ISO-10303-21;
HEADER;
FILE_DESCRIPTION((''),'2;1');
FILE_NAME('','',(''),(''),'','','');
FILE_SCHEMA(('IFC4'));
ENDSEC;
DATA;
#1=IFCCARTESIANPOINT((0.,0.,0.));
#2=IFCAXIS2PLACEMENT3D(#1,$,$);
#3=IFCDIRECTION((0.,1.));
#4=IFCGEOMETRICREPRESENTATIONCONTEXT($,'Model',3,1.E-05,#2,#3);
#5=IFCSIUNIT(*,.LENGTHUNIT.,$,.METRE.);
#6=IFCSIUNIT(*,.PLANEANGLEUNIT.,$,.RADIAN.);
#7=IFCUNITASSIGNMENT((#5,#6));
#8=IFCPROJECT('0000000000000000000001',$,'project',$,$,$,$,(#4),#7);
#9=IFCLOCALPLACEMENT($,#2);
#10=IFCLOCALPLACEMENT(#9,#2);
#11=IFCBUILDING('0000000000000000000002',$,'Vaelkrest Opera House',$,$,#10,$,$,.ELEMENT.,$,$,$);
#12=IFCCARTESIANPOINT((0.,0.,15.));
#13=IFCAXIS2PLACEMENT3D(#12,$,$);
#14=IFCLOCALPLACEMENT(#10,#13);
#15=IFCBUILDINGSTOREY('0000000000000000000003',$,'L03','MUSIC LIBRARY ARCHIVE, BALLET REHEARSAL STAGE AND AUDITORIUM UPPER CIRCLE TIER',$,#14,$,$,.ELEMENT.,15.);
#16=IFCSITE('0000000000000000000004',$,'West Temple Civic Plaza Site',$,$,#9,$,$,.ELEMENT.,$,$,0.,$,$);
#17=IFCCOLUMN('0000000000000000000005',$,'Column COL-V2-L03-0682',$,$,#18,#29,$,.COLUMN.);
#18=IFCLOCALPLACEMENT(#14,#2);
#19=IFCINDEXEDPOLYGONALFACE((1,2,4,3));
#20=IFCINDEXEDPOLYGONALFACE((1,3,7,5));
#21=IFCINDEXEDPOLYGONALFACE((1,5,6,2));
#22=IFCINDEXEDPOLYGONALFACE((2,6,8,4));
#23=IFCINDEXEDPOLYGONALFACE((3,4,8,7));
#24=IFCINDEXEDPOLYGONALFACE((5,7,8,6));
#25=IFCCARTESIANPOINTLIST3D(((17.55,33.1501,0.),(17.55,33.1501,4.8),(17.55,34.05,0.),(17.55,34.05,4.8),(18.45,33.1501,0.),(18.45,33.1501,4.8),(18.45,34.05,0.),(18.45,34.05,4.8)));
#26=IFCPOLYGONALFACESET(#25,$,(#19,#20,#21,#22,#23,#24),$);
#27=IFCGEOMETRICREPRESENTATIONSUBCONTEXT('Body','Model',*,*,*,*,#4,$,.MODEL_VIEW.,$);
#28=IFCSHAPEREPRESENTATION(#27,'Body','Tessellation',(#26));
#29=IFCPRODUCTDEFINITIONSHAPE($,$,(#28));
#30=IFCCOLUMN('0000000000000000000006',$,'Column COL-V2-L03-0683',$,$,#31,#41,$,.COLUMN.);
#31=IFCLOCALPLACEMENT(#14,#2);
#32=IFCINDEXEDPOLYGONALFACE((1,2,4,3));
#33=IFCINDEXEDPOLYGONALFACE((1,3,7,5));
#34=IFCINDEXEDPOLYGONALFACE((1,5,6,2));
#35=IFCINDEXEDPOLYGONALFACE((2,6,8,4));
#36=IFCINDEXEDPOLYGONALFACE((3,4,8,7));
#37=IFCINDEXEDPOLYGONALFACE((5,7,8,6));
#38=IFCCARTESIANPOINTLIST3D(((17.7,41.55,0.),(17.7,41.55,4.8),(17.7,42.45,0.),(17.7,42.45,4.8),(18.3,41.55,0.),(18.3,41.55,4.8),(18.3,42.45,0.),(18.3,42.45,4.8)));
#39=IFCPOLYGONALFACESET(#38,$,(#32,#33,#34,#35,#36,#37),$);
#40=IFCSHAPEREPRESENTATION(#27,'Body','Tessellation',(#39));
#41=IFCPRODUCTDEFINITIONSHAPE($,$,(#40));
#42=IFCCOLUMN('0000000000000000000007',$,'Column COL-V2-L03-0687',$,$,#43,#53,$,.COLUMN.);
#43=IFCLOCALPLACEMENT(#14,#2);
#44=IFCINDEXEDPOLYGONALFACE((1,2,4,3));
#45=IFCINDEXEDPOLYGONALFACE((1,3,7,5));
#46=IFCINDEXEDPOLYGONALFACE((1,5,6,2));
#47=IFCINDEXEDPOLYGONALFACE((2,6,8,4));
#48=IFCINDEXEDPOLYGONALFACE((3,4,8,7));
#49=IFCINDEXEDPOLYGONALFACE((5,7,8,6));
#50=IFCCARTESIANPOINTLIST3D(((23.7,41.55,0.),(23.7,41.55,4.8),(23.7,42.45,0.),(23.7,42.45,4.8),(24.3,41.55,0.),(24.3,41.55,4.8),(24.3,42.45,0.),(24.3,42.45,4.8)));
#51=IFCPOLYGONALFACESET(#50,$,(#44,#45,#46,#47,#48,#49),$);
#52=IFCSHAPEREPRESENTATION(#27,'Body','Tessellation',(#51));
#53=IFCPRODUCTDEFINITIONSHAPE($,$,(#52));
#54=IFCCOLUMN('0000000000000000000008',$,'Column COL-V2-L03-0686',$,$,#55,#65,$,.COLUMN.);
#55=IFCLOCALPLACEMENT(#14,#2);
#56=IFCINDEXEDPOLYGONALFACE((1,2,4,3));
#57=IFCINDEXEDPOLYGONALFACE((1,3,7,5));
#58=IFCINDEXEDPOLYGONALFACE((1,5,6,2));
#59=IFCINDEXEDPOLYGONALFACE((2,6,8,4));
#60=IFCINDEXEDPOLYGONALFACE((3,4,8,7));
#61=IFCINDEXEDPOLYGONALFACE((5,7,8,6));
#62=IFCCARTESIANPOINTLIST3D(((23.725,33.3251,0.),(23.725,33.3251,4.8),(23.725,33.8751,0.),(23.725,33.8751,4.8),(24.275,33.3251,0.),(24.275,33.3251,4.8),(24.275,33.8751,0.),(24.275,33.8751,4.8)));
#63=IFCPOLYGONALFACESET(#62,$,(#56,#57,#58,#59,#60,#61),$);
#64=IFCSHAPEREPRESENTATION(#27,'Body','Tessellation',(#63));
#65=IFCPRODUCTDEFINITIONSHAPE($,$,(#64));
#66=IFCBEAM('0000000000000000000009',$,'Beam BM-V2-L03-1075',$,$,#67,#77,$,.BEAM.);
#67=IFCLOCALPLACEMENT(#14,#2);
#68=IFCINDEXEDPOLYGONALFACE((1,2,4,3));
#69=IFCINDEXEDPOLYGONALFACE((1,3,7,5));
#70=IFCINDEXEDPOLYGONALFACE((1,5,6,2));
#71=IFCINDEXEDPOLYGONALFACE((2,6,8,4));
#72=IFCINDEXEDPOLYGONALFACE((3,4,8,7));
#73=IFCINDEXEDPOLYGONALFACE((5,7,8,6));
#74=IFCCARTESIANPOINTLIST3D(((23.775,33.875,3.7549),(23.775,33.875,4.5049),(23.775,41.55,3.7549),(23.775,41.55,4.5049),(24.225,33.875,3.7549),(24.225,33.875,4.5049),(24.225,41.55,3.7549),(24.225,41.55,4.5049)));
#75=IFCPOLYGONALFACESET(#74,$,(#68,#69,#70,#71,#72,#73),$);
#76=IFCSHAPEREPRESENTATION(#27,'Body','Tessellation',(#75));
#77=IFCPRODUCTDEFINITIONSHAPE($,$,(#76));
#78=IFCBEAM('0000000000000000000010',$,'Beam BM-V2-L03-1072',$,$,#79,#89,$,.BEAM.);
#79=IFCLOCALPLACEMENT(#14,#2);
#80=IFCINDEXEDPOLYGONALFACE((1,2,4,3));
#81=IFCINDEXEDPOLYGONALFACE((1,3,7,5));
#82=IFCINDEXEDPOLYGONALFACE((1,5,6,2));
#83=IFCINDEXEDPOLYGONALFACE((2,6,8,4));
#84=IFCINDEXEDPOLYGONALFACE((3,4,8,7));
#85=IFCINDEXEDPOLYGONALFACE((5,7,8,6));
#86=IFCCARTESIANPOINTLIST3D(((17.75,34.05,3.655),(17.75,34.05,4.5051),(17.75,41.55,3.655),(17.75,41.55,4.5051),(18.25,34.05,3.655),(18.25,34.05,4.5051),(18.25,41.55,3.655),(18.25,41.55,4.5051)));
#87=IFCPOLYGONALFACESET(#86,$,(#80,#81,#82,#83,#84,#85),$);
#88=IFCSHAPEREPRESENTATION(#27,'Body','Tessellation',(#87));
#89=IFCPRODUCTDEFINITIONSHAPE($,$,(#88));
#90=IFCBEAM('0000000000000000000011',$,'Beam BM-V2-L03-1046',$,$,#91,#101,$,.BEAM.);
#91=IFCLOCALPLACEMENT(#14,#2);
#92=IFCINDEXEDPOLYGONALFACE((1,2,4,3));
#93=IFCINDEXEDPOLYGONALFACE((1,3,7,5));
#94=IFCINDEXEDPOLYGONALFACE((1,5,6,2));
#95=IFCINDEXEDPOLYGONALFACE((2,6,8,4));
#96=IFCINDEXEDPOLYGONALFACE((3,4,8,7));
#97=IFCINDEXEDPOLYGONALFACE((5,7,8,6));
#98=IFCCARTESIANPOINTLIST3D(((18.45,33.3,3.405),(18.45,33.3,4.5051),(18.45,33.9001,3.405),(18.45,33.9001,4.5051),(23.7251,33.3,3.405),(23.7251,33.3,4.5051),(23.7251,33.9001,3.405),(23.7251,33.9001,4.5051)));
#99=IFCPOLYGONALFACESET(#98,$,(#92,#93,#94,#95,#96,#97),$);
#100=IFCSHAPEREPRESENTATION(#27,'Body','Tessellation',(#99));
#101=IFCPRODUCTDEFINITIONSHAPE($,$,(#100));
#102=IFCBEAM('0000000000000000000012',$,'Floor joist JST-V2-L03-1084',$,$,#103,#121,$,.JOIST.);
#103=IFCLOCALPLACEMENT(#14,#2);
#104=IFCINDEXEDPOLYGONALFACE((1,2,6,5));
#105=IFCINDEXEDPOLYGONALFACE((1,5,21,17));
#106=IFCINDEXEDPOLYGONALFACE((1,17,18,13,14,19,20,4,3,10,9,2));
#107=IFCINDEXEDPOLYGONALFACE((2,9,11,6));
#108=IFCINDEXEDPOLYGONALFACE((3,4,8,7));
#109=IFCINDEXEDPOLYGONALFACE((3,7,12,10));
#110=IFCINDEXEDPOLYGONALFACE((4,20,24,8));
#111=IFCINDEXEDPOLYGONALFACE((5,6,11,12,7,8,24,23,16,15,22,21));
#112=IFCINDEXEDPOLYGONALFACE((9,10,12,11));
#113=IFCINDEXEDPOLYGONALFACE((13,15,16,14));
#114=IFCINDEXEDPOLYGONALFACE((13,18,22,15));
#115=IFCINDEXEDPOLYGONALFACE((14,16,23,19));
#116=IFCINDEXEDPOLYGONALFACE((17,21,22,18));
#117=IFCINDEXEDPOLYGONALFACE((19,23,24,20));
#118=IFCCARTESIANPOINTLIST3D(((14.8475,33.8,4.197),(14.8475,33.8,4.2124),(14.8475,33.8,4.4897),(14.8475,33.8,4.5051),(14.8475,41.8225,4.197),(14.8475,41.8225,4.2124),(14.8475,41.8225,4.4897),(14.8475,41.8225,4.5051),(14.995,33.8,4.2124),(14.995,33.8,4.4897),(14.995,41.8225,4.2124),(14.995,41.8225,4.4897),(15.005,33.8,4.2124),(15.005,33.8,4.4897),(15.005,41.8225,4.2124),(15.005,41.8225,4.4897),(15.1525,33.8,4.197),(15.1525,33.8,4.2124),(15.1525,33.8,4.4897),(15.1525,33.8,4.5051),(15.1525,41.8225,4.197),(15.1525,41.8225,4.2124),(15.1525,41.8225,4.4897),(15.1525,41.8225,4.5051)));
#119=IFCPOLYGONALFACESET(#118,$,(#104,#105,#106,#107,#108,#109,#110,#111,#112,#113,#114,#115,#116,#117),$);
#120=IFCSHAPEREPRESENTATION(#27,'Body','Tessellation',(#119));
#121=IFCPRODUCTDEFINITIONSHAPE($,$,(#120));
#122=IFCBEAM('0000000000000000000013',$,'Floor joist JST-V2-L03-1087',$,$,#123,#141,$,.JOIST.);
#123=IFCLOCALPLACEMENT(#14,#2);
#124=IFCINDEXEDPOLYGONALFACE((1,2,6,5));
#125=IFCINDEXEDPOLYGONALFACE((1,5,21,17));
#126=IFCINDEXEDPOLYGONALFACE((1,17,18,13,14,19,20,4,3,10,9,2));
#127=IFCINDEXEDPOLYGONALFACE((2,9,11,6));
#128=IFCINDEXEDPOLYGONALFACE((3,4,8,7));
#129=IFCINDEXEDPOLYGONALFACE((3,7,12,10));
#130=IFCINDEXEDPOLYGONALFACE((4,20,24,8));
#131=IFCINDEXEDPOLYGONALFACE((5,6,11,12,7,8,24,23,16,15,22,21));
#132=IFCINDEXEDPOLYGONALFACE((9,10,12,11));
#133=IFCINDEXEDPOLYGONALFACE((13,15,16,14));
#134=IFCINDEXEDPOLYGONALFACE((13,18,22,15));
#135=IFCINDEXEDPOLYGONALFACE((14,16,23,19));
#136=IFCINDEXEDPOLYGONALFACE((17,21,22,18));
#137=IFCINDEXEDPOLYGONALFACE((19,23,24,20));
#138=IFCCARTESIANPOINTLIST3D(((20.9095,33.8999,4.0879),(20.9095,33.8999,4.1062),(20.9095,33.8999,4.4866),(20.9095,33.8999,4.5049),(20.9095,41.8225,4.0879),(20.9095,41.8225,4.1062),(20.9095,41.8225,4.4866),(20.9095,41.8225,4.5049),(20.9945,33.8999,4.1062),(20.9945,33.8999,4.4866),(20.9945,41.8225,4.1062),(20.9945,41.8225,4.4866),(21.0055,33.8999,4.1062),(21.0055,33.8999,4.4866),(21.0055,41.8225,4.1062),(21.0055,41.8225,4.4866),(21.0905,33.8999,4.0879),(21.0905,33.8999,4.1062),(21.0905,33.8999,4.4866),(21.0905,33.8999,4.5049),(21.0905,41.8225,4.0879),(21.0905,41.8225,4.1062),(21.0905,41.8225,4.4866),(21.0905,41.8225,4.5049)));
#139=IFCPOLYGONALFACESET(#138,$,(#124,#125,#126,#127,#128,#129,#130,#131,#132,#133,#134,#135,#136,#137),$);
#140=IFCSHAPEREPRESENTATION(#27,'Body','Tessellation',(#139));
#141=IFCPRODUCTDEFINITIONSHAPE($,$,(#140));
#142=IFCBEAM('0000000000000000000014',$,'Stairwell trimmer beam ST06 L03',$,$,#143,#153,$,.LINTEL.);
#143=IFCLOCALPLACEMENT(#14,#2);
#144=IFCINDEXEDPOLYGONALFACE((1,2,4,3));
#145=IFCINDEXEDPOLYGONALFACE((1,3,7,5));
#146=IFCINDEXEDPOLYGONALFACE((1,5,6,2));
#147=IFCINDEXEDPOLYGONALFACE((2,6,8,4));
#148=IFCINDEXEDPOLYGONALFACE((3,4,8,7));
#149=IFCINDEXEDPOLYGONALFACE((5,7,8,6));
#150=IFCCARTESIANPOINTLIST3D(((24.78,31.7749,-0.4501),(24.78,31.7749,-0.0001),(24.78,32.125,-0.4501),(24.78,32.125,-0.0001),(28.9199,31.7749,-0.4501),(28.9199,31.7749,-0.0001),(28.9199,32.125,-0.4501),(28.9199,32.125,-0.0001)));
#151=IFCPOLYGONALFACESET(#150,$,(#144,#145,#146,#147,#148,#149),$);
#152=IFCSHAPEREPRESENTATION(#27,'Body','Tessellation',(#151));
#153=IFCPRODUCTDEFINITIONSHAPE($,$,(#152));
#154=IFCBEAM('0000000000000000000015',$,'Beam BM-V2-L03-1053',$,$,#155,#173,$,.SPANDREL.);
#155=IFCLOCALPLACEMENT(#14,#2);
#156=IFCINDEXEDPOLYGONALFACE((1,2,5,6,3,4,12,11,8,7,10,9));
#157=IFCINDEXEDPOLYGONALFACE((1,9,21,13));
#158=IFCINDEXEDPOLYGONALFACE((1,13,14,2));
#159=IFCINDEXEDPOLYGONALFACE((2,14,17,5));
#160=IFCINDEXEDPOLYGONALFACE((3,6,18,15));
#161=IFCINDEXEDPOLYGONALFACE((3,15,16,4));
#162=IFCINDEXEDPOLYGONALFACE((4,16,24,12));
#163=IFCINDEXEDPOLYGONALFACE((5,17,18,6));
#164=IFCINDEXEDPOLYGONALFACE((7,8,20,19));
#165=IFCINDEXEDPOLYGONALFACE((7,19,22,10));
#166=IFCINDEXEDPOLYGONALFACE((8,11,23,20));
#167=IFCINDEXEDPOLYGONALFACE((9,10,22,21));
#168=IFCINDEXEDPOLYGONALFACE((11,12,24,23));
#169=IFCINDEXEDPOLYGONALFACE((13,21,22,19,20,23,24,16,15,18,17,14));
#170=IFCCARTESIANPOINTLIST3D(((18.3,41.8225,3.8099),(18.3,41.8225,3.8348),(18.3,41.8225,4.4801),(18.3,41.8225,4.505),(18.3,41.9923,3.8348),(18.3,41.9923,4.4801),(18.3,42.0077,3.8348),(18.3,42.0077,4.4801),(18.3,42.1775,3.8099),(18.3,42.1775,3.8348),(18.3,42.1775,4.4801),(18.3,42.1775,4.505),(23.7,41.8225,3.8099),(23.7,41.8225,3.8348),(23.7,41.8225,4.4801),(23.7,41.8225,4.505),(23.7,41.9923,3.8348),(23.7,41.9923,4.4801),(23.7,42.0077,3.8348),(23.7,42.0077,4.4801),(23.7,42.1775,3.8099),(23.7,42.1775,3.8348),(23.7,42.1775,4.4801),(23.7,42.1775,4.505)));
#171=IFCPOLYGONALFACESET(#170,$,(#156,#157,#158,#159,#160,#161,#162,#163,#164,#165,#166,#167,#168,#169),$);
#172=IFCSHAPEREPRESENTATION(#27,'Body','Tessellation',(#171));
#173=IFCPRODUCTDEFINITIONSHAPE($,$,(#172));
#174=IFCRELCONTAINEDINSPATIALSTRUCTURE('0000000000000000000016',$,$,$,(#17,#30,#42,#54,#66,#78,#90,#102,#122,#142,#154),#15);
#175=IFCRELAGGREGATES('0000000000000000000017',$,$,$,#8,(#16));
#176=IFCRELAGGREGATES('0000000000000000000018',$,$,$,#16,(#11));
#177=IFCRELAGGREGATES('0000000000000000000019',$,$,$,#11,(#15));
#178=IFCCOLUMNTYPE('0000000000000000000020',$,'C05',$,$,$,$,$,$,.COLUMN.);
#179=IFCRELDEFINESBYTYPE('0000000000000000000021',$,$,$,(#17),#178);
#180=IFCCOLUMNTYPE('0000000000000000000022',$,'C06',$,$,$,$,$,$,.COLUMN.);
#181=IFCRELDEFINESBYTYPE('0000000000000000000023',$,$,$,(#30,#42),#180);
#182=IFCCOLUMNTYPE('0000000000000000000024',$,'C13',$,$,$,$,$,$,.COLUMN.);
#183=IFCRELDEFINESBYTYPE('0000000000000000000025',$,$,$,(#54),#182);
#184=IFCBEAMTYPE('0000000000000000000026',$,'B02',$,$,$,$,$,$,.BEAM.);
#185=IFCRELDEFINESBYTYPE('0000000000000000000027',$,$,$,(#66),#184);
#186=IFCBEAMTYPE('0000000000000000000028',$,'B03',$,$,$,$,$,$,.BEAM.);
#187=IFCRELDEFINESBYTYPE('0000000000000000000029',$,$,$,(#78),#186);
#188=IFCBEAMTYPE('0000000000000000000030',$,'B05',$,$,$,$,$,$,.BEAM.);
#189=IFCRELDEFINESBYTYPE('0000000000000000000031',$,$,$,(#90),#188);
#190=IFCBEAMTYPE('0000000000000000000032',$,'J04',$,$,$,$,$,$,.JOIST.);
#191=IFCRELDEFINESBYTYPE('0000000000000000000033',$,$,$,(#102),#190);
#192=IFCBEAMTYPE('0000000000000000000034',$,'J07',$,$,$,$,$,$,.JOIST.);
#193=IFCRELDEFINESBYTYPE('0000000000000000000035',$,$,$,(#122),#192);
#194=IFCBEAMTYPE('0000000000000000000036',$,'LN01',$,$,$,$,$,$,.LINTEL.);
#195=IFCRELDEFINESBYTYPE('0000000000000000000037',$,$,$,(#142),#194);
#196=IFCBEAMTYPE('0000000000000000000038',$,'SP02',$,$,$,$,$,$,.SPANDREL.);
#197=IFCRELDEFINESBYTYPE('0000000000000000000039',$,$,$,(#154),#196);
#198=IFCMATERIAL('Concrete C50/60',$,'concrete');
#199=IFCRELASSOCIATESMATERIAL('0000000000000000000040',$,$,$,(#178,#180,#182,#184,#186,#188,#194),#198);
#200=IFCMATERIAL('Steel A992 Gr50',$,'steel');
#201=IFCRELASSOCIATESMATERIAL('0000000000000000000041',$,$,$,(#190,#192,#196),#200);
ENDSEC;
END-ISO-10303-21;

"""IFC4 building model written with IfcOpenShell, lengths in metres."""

from ifc_helpers import new_model, si_unit, direction, frame, origin, origin_2d, place, context, subcontext, project, spatial, rectangle, i_section, extrude, material, material_profile, profile_set, type_object, element, save


model = new_model("IFC4")

# Units and contexts
model_context = context("Model", 3, precision=1e-05, world=origin(), true_north=direction((0.0, 1.0)))
body_context = subcontext(model_context, "Body", "Model", "MODEL_VIEW")
ifc_project = project(units=[si_unit("LENGTHUNIT", "METRE"), si_unit("PLANEANGLEUNIT", "RADIAN")], contexts=[model_context])

# Site, building, storey
site_placement = place(None, origin())
site = spatial("IfcSite", under=ifc_project, at=site_placement, Name="West Temple Civic Plaza Site", CompositionType="ELEMENT", RefElevation=0.0)
building_placement = place(site_placement, origin())
building = spatial("IfcBuilding", under=site, at=building_placement, Name="Vaelkrest Opera House", CompositionType="ELEMENT")
storey_placement = place(building_placement, frame((0.0, 0.0, 15.0)))
storey = spatial("IfcBuildingStorey", under=building, at=storey_placement, Name="L03", Description="MUSIC LIBRARY ARCHIVE, BALLET REHEARSAL STAGE AND AUDITORIUM UPPER CIRCLE TIER", CompositionType="ELEMENT", Elevation=15.0)

# Columns
ifc_material_1 = material(Name="Concrete C50/60", Category="concrete")
ifc_material_profile_1 = material_profile(ifc_material_1, rectangle(XDim=0.8999, YDim=0.8999, at=origin_2d()), Name="RC900X900")
ifc_profile_set_1 = profile_set([ifc_material_profile_1], Name="Concrete C50/60")
column_type_1 = type_object("IfcColumnType", Name="C05", PredefinedType="COLUMN", material=ifc_profile_set_1)
column_1_placement = place(storey_placement, frame((18.0, 33.6001, 0.0), z_axis=(0.0, 0.0, 1.0), x_axis=(1.0, 0.0, 0.0)))
element("IfcColumn", 1, at=column_1_placement, inside=storey, type_object=column_type_1, Name="Column COL-V2-L03-0682", PredefinedType="COLUMN", context=body_context, shape_type="SweptSolid", body=[
    extrude(rectangle(XDim=0.8999, YDim=0.8999, at=origin_2d()), origin(), (0.0, 0.0, 1.0), 4.8),
])
ifc_material_profile_2 = material_profile(ifc_material_1, rectangle(XDim=0.6001, YDim=0.8999, at=origin_2d()), Name="RC600X900")
ifc_profile_set_2 = profile_set([ifc_material_profile_2], Name="Concrete C50/60")
column_type_2 = type_object("IfcColumnType", Name="C06", PredefinedType="COLUMN", material=ifc_profile_set_2)
for number, where, z_axis, x_axis, name in (
    (2, (18.0, 42.0, 0.0), (0.0, 0.0, 1.0), (1.0, 0.0, 0.0), "Column COL-V2-L03-0683"),
    (3, (24.0, 42.0, 0.0), (0.0, 0.0, 1.0), (1.0, 0.0, 0.0), "Column COL-V2-L03-0687"),
):
    element("IfcColumn", number, at=place(storey_placement, frame(where, z_axis=z_axis, x_axis=x_axis)), inside=storey, type_object=column_type_2, Name=name, PredefinedType="COLUMN", context=body_context, shape_type="SweptSolid", body=[
        extrude(rectangle(XDim=0.6001, YDim=0.8999, at=origin_2d()), origin(), (0.0, 0.0, 1.0), 4.8),
    ])
ifc_material_profile_3 = material_profile(ifc_material_1, rectangle(XDim=0.55, YDim=0.55, at=origin_2d()), Name="RC550X550")
ifc_profile_set_3 = profile_set([ifc_material_profile_3], Name="Concrete C50/60")
column_type_3 = type_object("IfcColumnType", Name="C13", PredefinedType="COLUMN", material=ifc_profile_set_3)
column_2_placement = place(storey_placement, frame((24.0, 33.6001, 0.0), z_axis=(0.0, 0.0, 1.0), x_axis=(1.0, 0.0, 0.0)))
element("IfcColumn", 4, at=column_2_placement, inside=storey, type_object=column_type_3, Name="Column COL-V2-L03-0686", PredefinedType="COLUMN", context=body_context, shape_type="SweptSolid", body=[
    extrude(rectangle(XDim=0.55, YDim=0.55, at=origin_2d()), origin(), (0.0, 0.0, 1.0), 4.8),
])

# Beams
ifc_material_profile_4 = material_profile(ifc_material_1, rectangle(XDim=0.45, YDim=0.75, at=origin_2d()), Name="RCB450X750")
ifc_profile_set_4 = profile_set([ifc_material_profile_4], Name="Concrete C50/60")
beam_type_1 = type_object("IfcBeamType", Name="B02", PredefinedType="BEAM", material=ifc_profile_set_4)
beam_1_placement = place(storey_placement, frame((24.0, 33.875, 4.1299), z_axis=(0.0, 1.0, 0.0), x_axis=(-1.0, 0.0, 0.0)))
element("IfcBeam", 5, at=beam_1_placement, inside=storey, type_object=beam_type_1, Name="Beam BM-V2-L03-1075", PredefinedType="BEAM", context=body_context, shape_type="SweptSolid", body=[
    extrude(rectangle(XDim=0.45, YDim=0.75, at=origin_2d()), origin(), (0.0, 0.0, 1.0), 7.675),
])
ifc_material_profile_5 = material_profile(ifc_material_1, rectangle(XDim=0.5, YDim=0.8501, at=origin_2d()), Name="RCB500X850")
ifc_profile_set_5 = profile_set([ifc_material_profile_5], Name="Concrete C50/60")
beam_type_2 = type_object("IfcBeamType", Name="B03", PredefinedType="BEAM", material=ifc_profile_set_5)
beam_2_placement = place(storey_placement, frame((18.0, 34.05, 4.0801), z_axis=(0.0, 1.0, 0.0), x_axis=(-1.0, 0.0, 0.0)))
element("IfcBeam", 6, at=beam_2_placement, inside=storey, type_object=beam_type_2, Name="Beam BM-V2-L03-1072", PredefinedType="BEAM", context=body_context, shape_type="SweptSolid", body=[
    extrude(rectangle(XDim=0.5, YDim=0.8501, at=origin_2d()), origin(), (0.0, 0.0, 1.0), 7.5),
])
ifc_material_profile_6 = material_profile(ifc_material_1, rectangle(XDim=0.6001, YDim=1.1001, at=origin_2d()), Name="RCB600X1100")
ifc_profile_set_6 = profile_set([ifc_material_profile_6], Name="Concrete C50/60")
beam_type_3 = type_object("IfcBeamType", Name="B05", PredefinedType="BEAM", material=ifc_profile_set_6)
beam_3_placement = place(storey_placement, frame((18.45, 33.6001, 3.9551), z_axis=(1.0, 0.0, 0.0), x_axis=(0.0, 1.0, 0.0)))
element("IfcBeam", 7, at=beam_3_placement, inside=storey, type_object=beam_type_3, Name="Beam BM-V2-L03-1046", PredefinedType="BEAM", context=body_context, shape_type="SweptSolid", body=[
    extrude(rectangle(XDim=0.6001, YDim=1.1001, at=origin_2d()), origin(), (0.0, 0.0, 1.0), 5.2751),
])
ifc_material_2 = material(Name="Steel A992 Gr50", Category="steel")
ifc_material_profile_7 = material_profile(ifc_material_2, i_section(OverallWidth=0.3049, OverallDepth=0.3081, WebThickness=0.01, FlangeThickness=0.0154, at=origin_2d()), Name="W12X65")
ifc_profile_set_7 = profile_set([ifc_material_profile_7], Name="Steel A992 Gr50")
beam_type_4 = type_object("IfcBeamType", Name="J04", PredefinedType="JOIST", material=ifc_profile_set_7)
beam_4_placement = place(storey_placement, frame((15.0, 33.8, 4.3511), z_axis=(0.0, 1.0, 0.0), x_axis=(-1.0, 0.0, 0.0)))
element("IfcBeam", 8, at=beam_4_placement, inside=storey, type_object=beam_type_4, Name="Floor joist JST-V2-L03-1084", PredefinedType="JOIST", context=body_context, shape_type="SweptSolid", body=[
    extrude(i_section(OverallWidth=0.3049, OverallDepth=0.3081, WebThickness=0.01, FlangeThickness=0.0154, at=origin_2d()), origin(), (0.0, 0.0, 1.0), 8.0225),
])
ifc_material_profile_8 = material_profile(ifc_material_2, i_section(OverallWidth=0.1809, OverallDepth=0.417, WebThickness=0.011, FlangeThickness=0.0183, at=origin_2d()), Name="W16X57")
ifc_profile_set_8 = profile_set([ifc_material_profile_8], Name="Steel A992 Gr50")
beam_type_5 = type_object("IfcBeamType", Name="J07", PredefinedType="JOIST", material=ifc_profile_set_8)
beam_5_placement = place(storey_placement, frame((21.0, 33.8999, 4.2964), z_axis=(0.0, 1.0, 0.0), x_axis=(-1.0, 0.0, 0.0)))
element("IfcBeam", 9, at=beam_5_placement, inside=storey, type_object=beam_type_5, Name="Floor joist JST-V2-L03-1087", PredefinedType="JOIST", context=body_context, shape_type="SweptSolid", body=[
    extrude(i_section(OverallWidth=0.1809, OverallDepth=0.417, WebThickness=0.011, FlangeThickness=0.0183, at=origin_2d()), origin(), (0.0, 0.0, 1.0), 7.9226),
])
ifc_material_profile_9 = material_profile(ifc_material_1, rectangle(XDim=0.3501, YDim=0.45, at=origin_2d()), Name="RCB350X450")
ifc_profile_set_9 = profile_set([ifc_material_profile_9], Name="Concrete C50/60")
beam_type_6 = type_object("IfcBeamType", Name="LN01", PredefinedType="LINTEL", material=ifc_profile_set_9)
beam_6_placement = place(storey_placement, frame((24.78, 31.95, -0.2251), z_axis=(1.0, 0.0, 0.0), x_axis=(0.0, 1.0, 0.0)))
element("IfcBeam", 10, at=beam_6_placement, inside=storey, type_object=beam_type_6, Name="Stairwell trimmer beam ST06 L03", PredefinedType="LINTEL", context=body_context, shape_type="SweptSolid", body=[
    extrude(rectangle(XDim=0.3501, YDim=0.45, at=origin_2d()), origin(), (0.0, 0.0, 1.0), 4.1399),
])
ifc_material_profile_10 = material_profile(ifc_material_2, i_section(OverallWidth=0.355, OverallDepth=0.6951, WebThickness=0.0154, FlangeThickness=0.0249, at=origin_2d()), Name="W27X146")
ifc_profile_set_10 = profile_set([ifc_material_profile_10], Name="Steel A992 Gr50")
beam_type_7 = type_object("IfcBeamType", Name="SP02", PredefinedType="SPANDREL", material=ifc_profile_set_10)
for number, where, z_axis, x_axis, name in (
    (11, (18.3, 42.0, 4.1575), (1.0, 0.0, 0.0), (0.0, 1.0, 0.0), "Beam BM-V2-L03-1053"),
):
    element("IfcBeam", number, at=place(storey_placement, frame(where, z_axis=z_axis, x_axis=x_axis)), inside=storey, type_object=beam_type_7, Name=name, PredefinedType="SPANDREL", context=body_context, shape_type="SweptSolid", body=[
        extrude(i_section(OverallWidth=0.355, OverallDepth=0.6951, WebThickness=0.0154, FlangeThickness=0.0249, at=origin_2d()), origin(), (0.0, 0.0, 1.0), 5.3999),
    ])

save(model, "model.ifc")
